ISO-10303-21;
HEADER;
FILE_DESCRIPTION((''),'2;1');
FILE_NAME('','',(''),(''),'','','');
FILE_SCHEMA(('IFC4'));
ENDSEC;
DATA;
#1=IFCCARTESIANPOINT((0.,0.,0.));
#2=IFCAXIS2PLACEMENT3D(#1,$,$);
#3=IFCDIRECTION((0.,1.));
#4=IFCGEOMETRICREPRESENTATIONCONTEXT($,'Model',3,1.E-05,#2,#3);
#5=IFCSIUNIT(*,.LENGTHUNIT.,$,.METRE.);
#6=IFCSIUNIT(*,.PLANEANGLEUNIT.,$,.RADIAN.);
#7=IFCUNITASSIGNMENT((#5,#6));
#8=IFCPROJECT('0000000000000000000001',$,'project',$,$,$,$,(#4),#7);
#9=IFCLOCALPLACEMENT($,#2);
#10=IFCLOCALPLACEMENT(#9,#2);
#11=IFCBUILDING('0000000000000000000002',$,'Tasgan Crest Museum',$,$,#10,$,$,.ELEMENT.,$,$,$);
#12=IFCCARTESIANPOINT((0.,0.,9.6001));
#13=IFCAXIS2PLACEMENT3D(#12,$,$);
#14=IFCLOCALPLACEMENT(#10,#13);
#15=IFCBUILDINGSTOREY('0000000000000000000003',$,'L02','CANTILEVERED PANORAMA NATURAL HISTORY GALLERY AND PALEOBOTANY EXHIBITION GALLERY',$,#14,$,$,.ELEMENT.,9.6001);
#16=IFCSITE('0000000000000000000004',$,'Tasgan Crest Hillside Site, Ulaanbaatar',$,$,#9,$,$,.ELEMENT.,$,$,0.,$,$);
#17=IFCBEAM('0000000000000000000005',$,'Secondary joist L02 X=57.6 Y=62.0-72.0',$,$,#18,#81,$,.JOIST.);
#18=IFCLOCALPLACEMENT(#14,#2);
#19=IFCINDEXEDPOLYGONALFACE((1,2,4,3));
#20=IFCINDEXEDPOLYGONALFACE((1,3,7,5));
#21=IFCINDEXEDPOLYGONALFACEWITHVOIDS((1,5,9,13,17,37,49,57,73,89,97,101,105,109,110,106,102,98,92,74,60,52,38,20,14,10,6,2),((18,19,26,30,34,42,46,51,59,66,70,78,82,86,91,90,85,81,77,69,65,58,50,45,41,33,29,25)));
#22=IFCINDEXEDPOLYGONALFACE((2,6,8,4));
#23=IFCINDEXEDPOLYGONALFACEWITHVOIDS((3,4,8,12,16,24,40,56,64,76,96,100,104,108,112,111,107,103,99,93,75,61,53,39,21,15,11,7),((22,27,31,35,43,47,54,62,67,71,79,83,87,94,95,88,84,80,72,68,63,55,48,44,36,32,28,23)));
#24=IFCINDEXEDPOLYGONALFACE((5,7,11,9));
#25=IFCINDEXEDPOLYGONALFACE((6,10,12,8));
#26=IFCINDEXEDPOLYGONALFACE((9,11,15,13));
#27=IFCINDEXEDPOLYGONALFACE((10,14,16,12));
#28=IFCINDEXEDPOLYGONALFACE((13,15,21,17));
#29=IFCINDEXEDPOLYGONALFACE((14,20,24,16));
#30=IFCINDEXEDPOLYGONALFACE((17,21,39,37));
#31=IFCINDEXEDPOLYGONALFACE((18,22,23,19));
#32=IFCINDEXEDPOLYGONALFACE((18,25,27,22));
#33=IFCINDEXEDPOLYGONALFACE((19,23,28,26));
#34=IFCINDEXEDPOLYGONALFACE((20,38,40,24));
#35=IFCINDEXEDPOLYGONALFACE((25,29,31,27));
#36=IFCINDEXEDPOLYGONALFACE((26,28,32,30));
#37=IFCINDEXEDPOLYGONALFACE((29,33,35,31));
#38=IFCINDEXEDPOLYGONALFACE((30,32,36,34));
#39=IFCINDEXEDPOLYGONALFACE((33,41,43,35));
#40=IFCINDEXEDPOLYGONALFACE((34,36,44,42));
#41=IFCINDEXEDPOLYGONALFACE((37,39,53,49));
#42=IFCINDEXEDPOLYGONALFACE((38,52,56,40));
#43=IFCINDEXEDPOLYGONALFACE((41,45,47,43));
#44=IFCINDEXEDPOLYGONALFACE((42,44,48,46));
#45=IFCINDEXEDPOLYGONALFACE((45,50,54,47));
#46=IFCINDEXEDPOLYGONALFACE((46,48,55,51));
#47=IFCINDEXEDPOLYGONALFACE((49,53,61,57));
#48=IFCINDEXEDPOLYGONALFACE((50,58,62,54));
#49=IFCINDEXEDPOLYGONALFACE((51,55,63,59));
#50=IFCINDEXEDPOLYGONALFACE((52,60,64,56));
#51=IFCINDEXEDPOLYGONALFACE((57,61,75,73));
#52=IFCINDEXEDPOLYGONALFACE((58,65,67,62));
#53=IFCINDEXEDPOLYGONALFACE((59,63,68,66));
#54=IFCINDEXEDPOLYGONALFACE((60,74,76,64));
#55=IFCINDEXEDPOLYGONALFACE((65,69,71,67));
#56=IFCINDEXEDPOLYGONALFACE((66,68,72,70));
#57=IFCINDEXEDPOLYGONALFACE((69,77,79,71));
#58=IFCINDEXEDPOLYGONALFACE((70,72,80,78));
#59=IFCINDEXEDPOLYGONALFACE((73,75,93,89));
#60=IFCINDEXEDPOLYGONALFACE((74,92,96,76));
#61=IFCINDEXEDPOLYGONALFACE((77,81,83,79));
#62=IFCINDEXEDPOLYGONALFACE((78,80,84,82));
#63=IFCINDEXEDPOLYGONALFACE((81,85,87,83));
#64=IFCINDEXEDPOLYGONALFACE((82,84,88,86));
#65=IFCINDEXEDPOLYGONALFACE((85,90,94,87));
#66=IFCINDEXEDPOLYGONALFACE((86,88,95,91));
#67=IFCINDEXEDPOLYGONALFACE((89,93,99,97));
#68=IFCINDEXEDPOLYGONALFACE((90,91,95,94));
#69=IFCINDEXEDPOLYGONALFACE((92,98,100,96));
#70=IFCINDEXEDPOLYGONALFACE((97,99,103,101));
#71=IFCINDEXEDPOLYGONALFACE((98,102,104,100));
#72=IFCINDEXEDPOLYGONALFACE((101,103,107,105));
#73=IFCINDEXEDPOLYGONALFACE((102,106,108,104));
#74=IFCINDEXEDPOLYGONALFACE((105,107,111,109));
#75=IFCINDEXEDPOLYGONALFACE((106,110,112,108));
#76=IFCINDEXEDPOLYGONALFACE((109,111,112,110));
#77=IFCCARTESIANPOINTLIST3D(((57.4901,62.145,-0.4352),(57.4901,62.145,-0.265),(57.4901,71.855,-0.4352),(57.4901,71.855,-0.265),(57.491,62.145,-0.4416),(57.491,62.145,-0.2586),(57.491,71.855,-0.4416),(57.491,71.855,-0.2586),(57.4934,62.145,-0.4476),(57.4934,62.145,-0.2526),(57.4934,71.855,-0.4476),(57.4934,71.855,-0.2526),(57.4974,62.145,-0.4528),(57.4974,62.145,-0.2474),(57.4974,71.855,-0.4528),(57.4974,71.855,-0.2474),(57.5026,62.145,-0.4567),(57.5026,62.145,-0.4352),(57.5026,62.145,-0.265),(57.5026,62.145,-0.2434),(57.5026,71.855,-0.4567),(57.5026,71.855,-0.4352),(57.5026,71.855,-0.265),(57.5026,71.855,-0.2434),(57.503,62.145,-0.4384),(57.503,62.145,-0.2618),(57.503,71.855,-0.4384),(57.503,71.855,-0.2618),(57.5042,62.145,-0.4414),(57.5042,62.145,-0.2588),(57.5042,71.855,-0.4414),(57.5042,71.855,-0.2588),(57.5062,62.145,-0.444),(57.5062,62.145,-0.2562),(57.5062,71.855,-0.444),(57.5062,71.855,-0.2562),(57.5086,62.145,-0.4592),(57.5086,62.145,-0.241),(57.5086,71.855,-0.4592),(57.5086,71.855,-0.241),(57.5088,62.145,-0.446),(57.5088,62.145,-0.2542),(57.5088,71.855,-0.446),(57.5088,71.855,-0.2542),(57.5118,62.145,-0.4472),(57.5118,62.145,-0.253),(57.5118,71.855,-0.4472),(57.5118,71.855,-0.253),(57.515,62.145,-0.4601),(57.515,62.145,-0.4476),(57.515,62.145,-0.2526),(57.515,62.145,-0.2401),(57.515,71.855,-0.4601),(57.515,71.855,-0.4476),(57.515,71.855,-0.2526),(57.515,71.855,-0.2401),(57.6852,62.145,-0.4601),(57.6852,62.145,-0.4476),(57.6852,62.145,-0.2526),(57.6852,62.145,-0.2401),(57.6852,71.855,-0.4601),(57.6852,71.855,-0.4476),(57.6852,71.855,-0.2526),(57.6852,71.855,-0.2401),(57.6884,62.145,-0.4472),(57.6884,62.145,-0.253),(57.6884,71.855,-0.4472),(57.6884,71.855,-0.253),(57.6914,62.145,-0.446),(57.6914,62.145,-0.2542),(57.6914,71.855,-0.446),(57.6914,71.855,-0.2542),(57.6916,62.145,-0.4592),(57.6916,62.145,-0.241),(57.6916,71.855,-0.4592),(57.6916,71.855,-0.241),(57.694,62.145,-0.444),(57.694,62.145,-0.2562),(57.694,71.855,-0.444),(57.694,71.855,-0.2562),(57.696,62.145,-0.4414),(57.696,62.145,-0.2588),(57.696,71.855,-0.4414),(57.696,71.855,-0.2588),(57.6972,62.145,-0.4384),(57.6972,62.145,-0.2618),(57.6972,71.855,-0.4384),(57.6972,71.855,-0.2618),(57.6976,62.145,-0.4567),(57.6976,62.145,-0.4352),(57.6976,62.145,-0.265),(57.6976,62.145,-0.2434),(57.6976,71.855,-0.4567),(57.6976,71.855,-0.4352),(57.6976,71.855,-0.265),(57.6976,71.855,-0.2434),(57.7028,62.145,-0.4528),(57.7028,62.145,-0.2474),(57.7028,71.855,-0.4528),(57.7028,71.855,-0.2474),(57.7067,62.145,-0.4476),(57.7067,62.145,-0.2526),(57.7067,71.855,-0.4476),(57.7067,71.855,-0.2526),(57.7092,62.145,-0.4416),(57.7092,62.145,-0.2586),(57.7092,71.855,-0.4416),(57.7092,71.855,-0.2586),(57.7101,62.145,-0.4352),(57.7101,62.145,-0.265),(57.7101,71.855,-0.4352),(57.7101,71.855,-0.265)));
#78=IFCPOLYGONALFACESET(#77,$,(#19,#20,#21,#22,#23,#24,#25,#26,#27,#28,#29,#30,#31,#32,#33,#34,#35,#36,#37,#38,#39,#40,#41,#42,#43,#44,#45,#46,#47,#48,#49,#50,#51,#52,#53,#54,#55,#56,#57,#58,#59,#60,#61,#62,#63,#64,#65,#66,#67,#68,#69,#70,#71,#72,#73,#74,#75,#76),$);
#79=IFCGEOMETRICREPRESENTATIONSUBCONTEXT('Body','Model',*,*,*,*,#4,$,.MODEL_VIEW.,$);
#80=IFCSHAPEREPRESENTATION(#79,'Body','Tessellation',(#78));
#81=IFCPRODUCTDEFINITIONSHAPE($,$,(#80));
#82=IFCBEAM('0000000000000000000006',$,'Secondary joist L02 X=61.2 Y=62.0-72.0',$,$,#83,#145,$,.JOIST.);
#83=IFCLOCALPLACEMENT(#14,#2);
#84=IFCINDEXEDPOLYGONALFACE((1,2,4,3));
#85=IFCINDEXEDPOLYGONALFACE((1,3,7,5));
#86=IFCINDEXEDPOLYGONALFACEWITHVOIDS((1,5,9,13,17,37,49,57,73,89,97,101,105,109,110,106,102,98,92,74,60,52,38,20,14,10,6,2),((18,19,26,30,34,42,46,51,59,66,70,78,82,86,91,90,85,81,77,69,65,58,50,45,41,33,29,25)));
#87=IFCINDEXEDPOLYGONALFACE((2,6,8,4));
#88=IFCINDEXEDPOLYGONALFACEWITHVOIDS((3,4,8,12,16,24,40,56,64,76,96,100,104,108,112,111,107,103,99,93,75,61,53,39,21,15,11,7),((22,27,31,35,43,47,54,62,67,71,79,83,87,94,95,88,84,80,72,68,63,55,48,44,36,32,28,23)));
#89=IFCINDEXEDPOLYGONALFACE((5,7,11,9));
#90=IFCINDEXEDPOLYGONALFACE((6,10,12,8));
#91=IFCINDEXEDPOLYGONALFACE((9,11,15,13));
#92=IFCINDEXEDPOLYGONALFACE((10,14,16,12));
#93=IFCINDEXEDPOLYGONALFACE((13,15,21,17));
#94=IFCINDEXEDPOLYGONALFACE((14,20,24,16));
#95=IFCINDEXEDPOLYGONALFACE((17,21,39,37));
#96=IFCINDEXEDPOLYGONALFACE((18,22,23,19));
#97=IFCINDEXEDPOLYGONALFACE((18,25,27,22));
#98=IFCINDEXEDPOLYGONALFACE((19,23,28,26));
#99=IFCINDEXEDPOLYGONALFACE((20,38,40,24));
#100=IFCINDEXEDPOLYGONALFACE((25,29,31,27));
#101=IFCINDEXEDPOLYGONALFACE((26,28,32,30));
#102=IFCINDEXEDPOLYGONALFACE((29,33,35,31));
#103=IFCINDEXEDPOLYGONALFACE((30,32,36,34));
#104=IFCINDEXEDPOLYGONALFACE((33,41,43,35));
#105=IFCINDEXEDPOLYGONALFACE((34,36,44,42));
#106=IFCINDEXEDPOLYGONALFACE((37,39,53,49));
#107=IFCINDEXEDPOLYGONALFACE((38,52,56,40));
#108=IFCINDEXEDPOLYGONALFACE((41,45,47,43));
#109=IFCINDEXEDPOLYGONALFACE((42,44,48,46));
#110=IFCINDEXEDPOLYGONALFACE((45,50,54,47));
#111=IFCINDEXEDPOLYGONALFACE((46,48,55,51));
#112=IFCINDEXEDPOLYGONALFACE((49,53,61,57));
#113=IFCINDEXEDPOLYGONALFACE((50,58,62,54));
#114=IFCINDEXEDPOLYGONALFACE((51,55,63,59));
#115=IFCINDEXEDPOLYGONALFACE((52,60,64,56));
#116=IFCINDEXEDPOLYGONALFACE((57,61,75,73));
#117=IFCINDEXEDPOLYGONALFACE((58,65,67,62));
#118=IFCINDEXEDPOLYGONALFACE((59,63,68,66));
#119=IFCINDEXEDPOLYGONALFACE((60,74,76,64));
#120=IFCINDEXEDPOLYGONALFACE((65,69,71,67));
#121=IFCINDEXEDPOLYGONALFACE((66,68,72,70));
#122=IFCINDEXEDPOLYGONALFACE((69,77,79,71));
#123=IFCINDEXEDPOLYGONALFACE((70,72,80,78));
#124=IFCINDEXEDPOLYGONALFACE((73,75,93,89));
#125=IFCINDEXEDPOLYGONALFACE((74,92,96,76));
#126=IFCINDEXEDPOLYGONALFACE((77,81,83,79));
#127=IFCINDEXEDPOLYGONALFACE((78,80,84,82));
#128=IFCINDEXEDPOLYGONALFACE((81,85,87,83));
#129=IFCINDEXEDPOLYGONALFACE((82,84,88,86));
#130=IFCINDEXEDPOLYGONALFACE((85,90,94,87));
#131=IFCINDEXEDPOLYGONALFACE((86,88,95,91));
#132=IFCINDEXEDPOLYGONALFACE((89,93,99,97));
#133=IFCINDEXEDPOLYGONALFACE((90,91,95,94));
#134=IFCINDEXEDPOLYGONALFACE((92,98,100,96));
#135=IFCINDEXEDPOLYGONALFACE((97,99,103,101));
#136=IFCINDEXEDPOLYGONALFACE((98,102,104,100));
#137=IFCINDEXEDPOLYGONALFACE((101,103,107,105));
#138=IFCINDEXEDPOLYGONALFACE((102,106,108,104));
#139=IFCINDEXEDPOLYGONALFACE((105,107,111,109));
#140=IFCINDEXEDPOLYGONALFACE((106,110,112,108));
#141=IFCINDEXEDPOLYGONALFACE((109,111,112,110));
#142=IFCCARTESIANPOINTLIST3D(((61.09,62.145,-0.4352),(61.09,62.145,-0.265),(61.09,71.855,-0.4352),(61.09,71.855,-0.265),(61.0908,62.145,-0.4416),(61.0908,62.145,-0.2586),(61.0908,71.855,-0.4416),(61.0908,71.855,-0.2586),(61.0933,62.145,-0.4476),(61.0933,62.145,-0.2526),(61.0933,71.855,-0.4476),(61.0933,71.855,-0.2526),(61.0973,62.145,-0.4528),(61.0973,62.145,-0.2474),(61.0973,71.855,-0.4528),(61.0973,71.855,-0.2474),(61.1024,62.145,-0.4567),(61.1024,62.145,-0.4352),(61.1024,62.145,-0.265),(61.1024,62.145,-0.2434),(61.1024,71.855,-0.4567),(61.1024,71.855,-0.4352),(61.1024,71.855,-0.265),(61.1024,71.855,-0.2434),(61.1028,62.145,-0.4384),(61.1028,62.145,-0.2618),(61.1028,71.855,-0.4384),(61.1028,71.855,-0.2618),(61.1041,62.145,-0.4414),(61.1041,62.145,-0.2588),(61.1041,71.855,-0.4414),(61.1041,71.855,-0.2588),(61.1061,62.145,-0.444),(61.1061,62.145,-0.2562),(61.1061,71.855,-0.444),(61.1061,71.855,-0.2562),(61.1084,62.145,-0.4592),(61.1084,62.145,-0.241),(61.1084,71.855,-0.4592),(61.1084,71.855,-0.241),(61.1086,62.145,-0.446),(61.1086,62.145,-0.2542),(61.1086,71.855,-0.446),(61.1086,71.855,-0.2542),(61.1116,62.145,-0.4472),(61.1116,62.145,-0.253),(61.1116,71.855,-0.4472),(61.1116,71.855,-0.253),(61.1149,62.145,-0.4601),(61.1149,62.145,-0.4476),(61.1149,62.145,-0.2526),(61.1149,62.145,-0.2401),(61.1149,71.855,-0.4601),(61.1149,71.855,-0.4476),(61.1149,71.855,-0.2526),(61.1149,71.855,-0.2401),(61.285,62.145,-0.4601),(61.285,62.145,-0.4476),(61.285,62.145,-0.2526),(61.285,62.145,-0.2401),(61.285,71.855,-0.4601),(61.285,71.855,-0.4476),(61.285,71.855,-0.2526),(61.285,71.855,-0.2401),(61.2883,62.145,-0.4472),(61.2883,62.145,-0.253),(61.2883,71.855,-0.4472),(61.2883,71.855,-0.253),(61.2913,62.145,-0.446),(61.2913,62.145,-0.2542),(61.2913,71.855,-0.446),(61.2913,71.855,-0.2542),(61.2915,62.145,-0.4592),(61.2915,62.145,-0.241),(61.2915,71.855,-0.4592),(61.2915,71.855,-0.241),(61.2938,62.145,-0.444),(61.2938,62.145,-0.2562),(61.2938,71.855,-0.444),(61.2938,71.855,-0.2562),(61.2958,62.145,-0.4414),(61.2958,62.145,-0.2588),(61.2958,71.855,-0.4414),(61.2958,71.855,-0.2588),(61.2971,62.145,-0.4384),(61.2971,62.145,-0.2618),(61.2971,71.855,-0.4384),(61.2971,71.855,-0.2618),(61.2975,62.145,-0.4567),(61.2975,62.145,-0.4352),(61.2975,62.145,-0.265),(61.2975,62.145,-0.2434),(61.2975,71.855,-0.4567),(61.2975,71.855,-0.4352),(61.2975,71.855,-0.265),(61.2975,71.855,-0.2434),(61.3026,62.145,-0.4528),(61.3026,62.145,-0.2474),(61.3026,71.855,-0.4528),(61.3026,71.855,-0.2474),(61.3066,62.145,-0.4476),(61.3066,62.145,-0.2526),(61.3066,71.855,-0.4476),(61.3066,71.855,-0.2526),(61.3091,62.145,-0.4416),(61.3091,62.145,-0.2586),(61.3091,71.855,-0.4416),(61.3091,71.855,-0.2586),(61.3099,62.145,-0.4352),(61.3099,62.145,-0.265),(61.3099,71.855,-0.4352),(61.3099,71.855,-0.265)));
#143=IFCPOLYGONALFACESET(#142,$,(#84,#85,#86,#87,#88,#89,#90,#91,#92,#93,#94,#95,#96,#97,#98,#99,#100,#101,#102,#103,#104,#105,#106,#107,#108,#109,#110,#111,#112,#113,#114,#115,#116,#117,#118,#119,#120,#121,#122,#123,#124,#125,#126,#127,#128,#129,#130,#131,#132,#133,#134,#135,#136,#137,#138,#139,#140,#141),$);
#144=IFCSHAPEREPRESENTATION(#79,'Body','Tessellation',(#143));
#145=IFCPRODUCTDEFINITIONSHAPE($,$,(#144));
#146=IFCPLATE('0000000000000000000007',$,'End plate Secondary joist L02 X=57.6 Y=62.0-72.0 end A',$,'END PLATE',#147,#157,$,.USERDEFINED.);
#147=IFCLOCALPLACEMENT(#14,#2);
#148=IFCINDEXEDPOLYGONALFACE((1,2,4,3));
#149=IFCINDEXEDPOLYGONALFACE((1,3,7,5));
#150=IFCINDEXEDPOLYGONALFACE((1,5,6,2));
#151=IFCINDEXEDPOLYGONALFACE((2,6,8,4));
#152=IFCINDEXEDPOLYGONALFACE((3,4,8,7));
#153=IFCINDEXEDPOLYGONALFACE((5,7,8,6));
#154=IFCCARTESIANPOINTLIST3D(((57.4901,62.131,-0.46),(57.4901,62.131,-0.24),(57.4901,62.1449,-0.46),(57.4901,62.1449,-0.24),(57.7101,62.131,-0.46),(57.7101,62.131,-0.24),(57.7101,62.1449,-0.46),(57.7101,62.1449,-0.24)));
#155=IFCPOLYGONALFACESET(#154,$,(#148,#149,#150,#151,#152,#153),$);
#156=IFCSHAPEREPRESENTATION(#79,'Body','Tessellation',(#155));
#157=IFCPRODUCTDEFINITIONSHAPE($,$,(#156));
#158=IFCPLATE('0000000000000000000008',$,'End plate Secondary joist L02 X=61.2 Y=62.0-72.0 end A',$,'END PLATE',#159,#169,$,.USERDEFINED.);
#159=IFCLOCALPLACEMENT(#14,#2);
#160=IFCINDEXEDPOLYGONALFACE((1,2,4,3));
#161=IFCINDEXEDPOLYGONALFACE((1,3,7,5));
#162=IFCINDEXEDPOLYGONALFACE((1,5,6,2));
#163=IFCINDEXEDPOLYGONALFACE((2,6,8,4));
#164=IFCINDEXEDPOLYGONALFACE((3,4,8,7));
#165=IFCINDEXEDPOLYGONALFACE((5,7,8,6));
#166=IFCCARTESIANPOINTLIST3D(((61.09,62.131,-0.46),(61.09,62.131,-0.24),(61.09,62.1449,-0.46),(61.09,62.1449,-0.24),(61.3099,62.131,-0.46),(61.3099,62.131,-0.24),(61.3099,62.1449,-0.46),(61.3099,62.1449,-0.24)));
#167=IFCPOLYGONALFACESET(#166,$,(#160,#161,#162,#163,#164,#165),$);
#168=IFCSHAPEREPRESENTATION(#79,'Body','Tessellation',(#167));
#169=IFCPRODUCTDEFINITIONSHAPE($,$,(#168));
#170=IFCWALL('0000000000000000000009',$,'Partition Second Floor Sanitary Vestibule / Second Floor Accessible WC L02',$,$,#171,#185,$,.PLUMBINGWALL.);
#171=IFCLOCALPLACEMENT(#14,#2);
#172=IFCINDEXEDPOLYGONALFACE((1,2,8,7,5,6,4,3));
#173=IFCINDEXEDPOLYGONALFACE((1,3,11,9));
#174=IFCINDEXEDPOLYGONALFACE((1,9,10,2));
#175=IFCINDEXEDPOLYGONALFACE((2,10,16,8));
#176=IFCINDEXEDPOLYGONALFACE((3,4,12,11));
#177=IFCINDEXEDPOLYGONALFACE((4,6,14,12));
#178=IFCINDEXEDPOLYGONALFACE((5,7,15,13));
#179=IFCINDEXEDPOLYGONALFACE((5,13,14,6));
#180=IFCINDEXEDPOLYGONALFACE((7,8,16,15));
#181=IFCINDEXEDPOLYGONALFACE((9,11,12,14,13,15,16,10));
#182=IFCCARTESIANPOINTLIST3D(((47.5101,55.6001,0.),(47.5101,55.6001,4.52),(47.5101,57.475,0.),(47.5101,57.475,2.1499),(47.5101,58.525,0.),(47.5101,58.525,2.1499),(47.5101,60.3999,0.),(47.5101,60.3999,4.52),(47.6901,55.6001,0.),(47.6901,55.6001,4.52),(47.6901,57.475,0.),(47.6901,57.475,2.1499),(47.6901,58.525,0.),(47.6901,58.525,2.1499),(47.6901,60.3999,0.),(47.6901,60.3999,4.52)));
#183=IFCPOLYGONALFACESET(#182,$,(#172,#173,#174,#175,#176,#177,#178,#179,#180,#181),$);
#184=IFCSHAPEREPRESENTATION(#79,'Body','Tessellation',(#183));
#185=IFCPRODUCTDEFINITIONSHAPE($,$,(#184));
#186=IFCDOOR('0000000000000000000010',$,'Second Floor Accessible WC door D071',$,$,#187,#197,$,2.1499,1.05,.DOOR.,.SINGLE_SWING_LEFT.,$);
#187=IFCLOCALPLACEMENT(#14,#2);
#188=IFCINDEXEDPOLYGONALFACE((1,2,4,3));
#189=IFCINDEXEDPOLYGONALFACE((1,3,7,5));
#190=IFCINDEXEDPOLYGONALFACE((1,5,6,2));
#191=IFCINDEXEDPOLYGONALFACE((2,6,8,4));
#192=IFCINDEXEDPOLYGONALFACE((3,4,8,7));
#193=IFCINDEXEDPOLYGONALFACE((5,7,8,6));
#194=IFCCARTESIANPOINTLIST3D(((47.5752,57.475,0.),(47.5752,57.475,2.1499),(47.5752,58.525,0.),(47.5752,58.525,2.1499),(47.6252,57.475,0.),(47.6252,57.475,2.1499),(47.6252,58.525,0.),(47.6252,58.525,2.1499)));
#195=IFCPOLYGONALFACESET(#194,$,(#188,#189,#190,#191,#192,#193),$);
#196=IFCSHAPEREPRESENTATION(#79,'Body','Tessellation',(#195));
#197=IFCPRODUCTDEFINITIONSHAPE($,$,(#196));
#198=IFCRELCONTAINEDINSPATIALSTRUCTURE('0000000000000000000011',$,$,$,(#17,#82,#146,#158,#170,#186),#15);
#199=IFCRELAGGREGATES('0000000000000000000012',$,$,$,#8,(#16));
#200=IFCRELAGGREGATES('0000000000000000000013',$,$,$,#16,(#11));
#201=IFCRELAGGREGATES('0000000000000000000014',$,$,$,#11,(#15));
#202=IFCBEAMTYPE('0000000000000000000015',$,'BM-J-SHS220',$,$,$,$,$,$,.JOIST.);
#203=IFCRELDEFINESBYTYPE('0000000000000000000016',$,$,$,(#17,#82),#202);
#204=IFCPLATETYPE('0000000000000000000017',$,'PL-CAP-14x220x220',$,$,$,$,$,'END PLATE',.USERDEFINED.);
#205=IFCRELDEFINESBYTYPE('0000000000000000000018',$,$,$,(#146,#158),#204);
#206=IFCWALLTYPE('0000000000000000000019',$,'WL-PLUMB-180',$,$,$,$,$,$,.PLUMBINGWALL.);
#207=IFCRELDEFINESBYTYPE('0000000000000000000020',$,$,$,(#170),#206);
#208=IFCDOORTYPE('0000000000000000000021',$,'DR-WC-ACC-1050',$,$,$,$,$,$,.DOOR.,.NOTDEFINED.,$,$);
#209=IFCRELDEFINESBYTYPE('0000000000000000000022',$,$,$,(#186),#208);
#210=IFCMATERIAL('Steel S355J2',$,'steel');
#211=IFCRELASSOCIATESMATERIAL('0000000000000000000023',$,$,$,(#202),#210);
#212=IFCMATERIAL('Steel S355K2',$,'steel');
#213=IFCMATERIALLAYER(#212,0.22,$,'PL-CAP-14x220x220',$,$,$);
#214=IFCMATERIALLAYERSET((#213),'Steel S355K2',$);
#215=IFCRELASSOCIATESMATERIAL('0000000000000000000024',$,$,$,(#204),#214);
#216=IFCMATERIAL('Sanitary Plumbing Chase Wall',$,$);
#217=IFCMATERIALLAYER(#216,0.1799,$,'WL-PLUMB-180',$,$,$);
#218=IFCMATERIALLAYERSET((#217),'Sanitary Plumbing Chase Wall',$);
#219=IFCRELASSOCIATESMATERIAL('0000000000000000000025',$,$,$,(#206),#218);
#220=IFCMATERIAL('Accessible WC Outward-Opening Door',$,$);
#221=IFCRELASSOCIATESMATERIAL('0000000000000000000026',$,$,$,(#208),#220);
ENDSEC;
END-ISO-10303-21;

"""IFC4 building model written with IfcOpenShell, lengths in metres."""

from ifc_helpers import new_model, si_unit, direction, frame, frame_2d, origin, origin_2d, place, context, subcontext, project, spatial, rectangle, hollow_rectangle, extrude, material, layer, layer_set, material_profile, profile_set, type_object, element, fill, save


model = new_model("IFC4")

# Units and contexts
model_context = context("Model", 3, precision=1e-05, world=origin(), true_north=direction((0.0, 1.0)))
body_context = subcontext(model_context, "Body", "Model", "MODEL_VIEW")
ifc_project = project(units=[si_unit("LENGTHUNIT", "METRE"), si_unit("PLANEANGLEUNIT", "RADIAN")], contexts=[model_context])

# Site, building, storey
site_placement = place(None, origin())
site = spatial("IfcSite", under=ifc_project, at=site_placement, Name="Tasgan Crest Hillside Site, Ulaanbaatar", CompositionType="ELEMENT", RefElevation=0.0)
building_placement = place(site_placement, origin())
building = spatial("IfcBuilding", under=site, at=building_placement, Name="Tasgan Crest Museum", CompositionType="ELEMENT")
storey_placement = place(building_placement, frame((0.0, 0.0, 9.6001)))
storey = spatial("IfcBuildingStorey", under=building, at=storey_placement, Name="L02", Description="CANTILEVERED PANORAMA NATURAL HISTORY GALLERY AND PALEOBOTANY EXHIBITION GALLERY", CompositionType="ELEMENT", Elevation=9.6001)

# Beams
ifc_material_1 = material(Name="Steel S355J2", Category="steel")
ifc_material_profile_1 = material_profile(ifc_material_1, hollow_rectangle(XDim=0.22, YDim=0.22, WallThickness=0.0125, InnerFilletRadius=0.0125, OuterFilletRadius=0.0249, at=origin_2d()), Name="SHS 220x220x12.5")
ifc_profile_set_1 = profile_set([ifc_material_profile_1], Name="Steel S355J2")
beam_type_1 = type_object("IfcBeamType", Name="BM-J-SHS220", PredefinedType="JOIST", material=ifc_profile_set_1)
for number, where, z_axis, x_axis, name in (
    (1, (57.6001, 62.145, -0.3501), (0.0, 1.0, 0.0), (-1.0, 0.0, 0.0), "Secondary joist L02 X=57.6 Y=62.0-72.0"),
    (2, (61.2, 62.145, -0.3501), (0.0, 1.0, 0.0), (-1.0, 0.0, 0.0), "Secondary joist L02 X=61.2 Y=62.0-72.0"),
):
    element("IfcBeam", number, at=place(storey_placement, frame(where, z_axis=z_axis, x_axis=x_axis)), inside=storey, type_object=beam_type_1, Name=name, PredefinedType="JOIST", context=body_context, shape_type="SweptSolid", body=[
        extrude(hollow_rectangle(XDim=0.22, YDim=0.22, WallThickness=0.0125, InnerFilletRadius=0.0125, OuterFilletRadius=0.0249, at=origin_2d()), origin(), (0.0, 0.0, 1.0), 9.71),
    ])

# Plates
ifc_material_2 = material(Name="Steel S355K2", Category="steel")
ifc_layer_1 = layer(ifc_material_2, 0.22, Name="PL-CAP-14x220x220")
ifc_layer_set_1 = layer_set([ifc_layer_1], Name="Steel S355K2")
plate_type = type_object("IfcPlateType", Name="PL-CAP-14x220x220", ElementType="END PLATE", PredefinedType="USERDEFINED", material=ifc_layer_set_1)
for number, where, z_axis, x_axis, name in (
    (3, (57.6001, 62.1379, -0.46), (0.0, 0.0, 1.0), (0.0, 1.0, 0.0), "End plate Secondary joist L02 X=57.6 Y=62.0-72.0 end A"),
    (4, (61.2, 62.1379, -0.46), (0.0, 0.0, 1.0), (0.0, 1.0, 0.0), "End plate Secondary joist L02 X=61.2 Y=62.0-72.0 end A"),
):
    element("IfcPlate", number, at=place(storey_placement, frame(where, z_axis=z_axis, x_axis=x_axis)), inside=storey, type_object=plate_type, Name=name, ObjectType="END PLATE", PredefinedType="USERDEFINED", context=body_context, shape_type="SweptSolid", body=[
        extrude(rectangle(XDim=0.0139, YDim=0.22, at=origin_2d()), origin(), (0.0, 0.0, 1.0), 0.22),
    ])

# Wall, opening, door
ifc_material_3 = material(Name="Sanitary Plumbing Chase Wall")
ifc_layer_2 = layer(ifc_material_3, 0.1799, Name="WL-PLUMB-180")
ifc_layer_set_2 = layer_set([ifc_layer_2], Name="Sanitary Plumbing Chase Wall")
wall_type_1 = type_object("IfcWallType", Name="WL-PLUMB-180", PredefinedType="PLUMBINGWALL", material=ifc_layer_set_2)
wall_1_placement = place(storey_placement, frame((47.6001, 55.6001, 0.0), z_axis=(0.0, 0.0, 1.0), x_axis=(0.0, 1.0, 0.0)))
wall_1 = element("IfcWall", 5, at=wall_1_placement, inside=storey, type_object=wall_type_1, Name="Partition Second Floor Sanitary Vestibule / Second Floor Accessible WC L02", PredefinedType="PLUMBINGWALL", context=body_context, shape_type="SweptSolid", body=[
    extrude(rectangle(XDim=4.7998, YDim=0.1799, at=frame_2d((2.3999, 0.0))), origin(), (0.0, 0.0, 1.0), 4.52),
])
opening_placement = place(wall_1_placement, frame((1.875, 0.0, 0.0)))
opening = element("IfcOpeningElement", 6, at=opening_placement, cuts=wall_1, PredefinedType="OPENING", context=body_context, shape_type="SweptSolid", body=[
    extrude(rectangle(XDim=1.05, YDim=2.1499, at=frame_2d((0.5249, 1.075))), frame((0.0, 0.0999, 0.0), z_axis=(0.0, -1.0, 0.0), x_axis=(1.0, 0.0, 0.0)), (0.0, 0.0, 1.0), 0.2),
])
ifc_material_4 = material(Name="Accessible WC Outward-Opening Door")
door_type = type_object("IfcDoorType", Name="DR-WC-ACC-1050", OperationType="NOTDEFINED", PredefinedType="DOOR", material=ifc_material_4)
door_placement = place(opening_placement, origin())
door = element("IfcDoor", 7, at=door_placement, inside=storey, type_object=door_type, Name="Second Floor Accessible WC door D071", OperationType="SINGLE_SWING_LEFT", OverallHeight=2.1499, OverallWidth=1.05, PredefinedType="DOOR", context=body_context, shape_type="SweptSolid", body=[
    extrude(rectangle(XDim=1.05, YDim=2.1499, at=frame_2d((0.5249, 1.075))), frame((0.0, 0.0249, 0.0), z_axis=(0.0, -1.0, 0.0), x_axis=(1.0, 0.0, 0.0)), (0.0, 0.0, 1.0), 0.05),
])
fill(opening, door)

save(model, "model.ifc")
